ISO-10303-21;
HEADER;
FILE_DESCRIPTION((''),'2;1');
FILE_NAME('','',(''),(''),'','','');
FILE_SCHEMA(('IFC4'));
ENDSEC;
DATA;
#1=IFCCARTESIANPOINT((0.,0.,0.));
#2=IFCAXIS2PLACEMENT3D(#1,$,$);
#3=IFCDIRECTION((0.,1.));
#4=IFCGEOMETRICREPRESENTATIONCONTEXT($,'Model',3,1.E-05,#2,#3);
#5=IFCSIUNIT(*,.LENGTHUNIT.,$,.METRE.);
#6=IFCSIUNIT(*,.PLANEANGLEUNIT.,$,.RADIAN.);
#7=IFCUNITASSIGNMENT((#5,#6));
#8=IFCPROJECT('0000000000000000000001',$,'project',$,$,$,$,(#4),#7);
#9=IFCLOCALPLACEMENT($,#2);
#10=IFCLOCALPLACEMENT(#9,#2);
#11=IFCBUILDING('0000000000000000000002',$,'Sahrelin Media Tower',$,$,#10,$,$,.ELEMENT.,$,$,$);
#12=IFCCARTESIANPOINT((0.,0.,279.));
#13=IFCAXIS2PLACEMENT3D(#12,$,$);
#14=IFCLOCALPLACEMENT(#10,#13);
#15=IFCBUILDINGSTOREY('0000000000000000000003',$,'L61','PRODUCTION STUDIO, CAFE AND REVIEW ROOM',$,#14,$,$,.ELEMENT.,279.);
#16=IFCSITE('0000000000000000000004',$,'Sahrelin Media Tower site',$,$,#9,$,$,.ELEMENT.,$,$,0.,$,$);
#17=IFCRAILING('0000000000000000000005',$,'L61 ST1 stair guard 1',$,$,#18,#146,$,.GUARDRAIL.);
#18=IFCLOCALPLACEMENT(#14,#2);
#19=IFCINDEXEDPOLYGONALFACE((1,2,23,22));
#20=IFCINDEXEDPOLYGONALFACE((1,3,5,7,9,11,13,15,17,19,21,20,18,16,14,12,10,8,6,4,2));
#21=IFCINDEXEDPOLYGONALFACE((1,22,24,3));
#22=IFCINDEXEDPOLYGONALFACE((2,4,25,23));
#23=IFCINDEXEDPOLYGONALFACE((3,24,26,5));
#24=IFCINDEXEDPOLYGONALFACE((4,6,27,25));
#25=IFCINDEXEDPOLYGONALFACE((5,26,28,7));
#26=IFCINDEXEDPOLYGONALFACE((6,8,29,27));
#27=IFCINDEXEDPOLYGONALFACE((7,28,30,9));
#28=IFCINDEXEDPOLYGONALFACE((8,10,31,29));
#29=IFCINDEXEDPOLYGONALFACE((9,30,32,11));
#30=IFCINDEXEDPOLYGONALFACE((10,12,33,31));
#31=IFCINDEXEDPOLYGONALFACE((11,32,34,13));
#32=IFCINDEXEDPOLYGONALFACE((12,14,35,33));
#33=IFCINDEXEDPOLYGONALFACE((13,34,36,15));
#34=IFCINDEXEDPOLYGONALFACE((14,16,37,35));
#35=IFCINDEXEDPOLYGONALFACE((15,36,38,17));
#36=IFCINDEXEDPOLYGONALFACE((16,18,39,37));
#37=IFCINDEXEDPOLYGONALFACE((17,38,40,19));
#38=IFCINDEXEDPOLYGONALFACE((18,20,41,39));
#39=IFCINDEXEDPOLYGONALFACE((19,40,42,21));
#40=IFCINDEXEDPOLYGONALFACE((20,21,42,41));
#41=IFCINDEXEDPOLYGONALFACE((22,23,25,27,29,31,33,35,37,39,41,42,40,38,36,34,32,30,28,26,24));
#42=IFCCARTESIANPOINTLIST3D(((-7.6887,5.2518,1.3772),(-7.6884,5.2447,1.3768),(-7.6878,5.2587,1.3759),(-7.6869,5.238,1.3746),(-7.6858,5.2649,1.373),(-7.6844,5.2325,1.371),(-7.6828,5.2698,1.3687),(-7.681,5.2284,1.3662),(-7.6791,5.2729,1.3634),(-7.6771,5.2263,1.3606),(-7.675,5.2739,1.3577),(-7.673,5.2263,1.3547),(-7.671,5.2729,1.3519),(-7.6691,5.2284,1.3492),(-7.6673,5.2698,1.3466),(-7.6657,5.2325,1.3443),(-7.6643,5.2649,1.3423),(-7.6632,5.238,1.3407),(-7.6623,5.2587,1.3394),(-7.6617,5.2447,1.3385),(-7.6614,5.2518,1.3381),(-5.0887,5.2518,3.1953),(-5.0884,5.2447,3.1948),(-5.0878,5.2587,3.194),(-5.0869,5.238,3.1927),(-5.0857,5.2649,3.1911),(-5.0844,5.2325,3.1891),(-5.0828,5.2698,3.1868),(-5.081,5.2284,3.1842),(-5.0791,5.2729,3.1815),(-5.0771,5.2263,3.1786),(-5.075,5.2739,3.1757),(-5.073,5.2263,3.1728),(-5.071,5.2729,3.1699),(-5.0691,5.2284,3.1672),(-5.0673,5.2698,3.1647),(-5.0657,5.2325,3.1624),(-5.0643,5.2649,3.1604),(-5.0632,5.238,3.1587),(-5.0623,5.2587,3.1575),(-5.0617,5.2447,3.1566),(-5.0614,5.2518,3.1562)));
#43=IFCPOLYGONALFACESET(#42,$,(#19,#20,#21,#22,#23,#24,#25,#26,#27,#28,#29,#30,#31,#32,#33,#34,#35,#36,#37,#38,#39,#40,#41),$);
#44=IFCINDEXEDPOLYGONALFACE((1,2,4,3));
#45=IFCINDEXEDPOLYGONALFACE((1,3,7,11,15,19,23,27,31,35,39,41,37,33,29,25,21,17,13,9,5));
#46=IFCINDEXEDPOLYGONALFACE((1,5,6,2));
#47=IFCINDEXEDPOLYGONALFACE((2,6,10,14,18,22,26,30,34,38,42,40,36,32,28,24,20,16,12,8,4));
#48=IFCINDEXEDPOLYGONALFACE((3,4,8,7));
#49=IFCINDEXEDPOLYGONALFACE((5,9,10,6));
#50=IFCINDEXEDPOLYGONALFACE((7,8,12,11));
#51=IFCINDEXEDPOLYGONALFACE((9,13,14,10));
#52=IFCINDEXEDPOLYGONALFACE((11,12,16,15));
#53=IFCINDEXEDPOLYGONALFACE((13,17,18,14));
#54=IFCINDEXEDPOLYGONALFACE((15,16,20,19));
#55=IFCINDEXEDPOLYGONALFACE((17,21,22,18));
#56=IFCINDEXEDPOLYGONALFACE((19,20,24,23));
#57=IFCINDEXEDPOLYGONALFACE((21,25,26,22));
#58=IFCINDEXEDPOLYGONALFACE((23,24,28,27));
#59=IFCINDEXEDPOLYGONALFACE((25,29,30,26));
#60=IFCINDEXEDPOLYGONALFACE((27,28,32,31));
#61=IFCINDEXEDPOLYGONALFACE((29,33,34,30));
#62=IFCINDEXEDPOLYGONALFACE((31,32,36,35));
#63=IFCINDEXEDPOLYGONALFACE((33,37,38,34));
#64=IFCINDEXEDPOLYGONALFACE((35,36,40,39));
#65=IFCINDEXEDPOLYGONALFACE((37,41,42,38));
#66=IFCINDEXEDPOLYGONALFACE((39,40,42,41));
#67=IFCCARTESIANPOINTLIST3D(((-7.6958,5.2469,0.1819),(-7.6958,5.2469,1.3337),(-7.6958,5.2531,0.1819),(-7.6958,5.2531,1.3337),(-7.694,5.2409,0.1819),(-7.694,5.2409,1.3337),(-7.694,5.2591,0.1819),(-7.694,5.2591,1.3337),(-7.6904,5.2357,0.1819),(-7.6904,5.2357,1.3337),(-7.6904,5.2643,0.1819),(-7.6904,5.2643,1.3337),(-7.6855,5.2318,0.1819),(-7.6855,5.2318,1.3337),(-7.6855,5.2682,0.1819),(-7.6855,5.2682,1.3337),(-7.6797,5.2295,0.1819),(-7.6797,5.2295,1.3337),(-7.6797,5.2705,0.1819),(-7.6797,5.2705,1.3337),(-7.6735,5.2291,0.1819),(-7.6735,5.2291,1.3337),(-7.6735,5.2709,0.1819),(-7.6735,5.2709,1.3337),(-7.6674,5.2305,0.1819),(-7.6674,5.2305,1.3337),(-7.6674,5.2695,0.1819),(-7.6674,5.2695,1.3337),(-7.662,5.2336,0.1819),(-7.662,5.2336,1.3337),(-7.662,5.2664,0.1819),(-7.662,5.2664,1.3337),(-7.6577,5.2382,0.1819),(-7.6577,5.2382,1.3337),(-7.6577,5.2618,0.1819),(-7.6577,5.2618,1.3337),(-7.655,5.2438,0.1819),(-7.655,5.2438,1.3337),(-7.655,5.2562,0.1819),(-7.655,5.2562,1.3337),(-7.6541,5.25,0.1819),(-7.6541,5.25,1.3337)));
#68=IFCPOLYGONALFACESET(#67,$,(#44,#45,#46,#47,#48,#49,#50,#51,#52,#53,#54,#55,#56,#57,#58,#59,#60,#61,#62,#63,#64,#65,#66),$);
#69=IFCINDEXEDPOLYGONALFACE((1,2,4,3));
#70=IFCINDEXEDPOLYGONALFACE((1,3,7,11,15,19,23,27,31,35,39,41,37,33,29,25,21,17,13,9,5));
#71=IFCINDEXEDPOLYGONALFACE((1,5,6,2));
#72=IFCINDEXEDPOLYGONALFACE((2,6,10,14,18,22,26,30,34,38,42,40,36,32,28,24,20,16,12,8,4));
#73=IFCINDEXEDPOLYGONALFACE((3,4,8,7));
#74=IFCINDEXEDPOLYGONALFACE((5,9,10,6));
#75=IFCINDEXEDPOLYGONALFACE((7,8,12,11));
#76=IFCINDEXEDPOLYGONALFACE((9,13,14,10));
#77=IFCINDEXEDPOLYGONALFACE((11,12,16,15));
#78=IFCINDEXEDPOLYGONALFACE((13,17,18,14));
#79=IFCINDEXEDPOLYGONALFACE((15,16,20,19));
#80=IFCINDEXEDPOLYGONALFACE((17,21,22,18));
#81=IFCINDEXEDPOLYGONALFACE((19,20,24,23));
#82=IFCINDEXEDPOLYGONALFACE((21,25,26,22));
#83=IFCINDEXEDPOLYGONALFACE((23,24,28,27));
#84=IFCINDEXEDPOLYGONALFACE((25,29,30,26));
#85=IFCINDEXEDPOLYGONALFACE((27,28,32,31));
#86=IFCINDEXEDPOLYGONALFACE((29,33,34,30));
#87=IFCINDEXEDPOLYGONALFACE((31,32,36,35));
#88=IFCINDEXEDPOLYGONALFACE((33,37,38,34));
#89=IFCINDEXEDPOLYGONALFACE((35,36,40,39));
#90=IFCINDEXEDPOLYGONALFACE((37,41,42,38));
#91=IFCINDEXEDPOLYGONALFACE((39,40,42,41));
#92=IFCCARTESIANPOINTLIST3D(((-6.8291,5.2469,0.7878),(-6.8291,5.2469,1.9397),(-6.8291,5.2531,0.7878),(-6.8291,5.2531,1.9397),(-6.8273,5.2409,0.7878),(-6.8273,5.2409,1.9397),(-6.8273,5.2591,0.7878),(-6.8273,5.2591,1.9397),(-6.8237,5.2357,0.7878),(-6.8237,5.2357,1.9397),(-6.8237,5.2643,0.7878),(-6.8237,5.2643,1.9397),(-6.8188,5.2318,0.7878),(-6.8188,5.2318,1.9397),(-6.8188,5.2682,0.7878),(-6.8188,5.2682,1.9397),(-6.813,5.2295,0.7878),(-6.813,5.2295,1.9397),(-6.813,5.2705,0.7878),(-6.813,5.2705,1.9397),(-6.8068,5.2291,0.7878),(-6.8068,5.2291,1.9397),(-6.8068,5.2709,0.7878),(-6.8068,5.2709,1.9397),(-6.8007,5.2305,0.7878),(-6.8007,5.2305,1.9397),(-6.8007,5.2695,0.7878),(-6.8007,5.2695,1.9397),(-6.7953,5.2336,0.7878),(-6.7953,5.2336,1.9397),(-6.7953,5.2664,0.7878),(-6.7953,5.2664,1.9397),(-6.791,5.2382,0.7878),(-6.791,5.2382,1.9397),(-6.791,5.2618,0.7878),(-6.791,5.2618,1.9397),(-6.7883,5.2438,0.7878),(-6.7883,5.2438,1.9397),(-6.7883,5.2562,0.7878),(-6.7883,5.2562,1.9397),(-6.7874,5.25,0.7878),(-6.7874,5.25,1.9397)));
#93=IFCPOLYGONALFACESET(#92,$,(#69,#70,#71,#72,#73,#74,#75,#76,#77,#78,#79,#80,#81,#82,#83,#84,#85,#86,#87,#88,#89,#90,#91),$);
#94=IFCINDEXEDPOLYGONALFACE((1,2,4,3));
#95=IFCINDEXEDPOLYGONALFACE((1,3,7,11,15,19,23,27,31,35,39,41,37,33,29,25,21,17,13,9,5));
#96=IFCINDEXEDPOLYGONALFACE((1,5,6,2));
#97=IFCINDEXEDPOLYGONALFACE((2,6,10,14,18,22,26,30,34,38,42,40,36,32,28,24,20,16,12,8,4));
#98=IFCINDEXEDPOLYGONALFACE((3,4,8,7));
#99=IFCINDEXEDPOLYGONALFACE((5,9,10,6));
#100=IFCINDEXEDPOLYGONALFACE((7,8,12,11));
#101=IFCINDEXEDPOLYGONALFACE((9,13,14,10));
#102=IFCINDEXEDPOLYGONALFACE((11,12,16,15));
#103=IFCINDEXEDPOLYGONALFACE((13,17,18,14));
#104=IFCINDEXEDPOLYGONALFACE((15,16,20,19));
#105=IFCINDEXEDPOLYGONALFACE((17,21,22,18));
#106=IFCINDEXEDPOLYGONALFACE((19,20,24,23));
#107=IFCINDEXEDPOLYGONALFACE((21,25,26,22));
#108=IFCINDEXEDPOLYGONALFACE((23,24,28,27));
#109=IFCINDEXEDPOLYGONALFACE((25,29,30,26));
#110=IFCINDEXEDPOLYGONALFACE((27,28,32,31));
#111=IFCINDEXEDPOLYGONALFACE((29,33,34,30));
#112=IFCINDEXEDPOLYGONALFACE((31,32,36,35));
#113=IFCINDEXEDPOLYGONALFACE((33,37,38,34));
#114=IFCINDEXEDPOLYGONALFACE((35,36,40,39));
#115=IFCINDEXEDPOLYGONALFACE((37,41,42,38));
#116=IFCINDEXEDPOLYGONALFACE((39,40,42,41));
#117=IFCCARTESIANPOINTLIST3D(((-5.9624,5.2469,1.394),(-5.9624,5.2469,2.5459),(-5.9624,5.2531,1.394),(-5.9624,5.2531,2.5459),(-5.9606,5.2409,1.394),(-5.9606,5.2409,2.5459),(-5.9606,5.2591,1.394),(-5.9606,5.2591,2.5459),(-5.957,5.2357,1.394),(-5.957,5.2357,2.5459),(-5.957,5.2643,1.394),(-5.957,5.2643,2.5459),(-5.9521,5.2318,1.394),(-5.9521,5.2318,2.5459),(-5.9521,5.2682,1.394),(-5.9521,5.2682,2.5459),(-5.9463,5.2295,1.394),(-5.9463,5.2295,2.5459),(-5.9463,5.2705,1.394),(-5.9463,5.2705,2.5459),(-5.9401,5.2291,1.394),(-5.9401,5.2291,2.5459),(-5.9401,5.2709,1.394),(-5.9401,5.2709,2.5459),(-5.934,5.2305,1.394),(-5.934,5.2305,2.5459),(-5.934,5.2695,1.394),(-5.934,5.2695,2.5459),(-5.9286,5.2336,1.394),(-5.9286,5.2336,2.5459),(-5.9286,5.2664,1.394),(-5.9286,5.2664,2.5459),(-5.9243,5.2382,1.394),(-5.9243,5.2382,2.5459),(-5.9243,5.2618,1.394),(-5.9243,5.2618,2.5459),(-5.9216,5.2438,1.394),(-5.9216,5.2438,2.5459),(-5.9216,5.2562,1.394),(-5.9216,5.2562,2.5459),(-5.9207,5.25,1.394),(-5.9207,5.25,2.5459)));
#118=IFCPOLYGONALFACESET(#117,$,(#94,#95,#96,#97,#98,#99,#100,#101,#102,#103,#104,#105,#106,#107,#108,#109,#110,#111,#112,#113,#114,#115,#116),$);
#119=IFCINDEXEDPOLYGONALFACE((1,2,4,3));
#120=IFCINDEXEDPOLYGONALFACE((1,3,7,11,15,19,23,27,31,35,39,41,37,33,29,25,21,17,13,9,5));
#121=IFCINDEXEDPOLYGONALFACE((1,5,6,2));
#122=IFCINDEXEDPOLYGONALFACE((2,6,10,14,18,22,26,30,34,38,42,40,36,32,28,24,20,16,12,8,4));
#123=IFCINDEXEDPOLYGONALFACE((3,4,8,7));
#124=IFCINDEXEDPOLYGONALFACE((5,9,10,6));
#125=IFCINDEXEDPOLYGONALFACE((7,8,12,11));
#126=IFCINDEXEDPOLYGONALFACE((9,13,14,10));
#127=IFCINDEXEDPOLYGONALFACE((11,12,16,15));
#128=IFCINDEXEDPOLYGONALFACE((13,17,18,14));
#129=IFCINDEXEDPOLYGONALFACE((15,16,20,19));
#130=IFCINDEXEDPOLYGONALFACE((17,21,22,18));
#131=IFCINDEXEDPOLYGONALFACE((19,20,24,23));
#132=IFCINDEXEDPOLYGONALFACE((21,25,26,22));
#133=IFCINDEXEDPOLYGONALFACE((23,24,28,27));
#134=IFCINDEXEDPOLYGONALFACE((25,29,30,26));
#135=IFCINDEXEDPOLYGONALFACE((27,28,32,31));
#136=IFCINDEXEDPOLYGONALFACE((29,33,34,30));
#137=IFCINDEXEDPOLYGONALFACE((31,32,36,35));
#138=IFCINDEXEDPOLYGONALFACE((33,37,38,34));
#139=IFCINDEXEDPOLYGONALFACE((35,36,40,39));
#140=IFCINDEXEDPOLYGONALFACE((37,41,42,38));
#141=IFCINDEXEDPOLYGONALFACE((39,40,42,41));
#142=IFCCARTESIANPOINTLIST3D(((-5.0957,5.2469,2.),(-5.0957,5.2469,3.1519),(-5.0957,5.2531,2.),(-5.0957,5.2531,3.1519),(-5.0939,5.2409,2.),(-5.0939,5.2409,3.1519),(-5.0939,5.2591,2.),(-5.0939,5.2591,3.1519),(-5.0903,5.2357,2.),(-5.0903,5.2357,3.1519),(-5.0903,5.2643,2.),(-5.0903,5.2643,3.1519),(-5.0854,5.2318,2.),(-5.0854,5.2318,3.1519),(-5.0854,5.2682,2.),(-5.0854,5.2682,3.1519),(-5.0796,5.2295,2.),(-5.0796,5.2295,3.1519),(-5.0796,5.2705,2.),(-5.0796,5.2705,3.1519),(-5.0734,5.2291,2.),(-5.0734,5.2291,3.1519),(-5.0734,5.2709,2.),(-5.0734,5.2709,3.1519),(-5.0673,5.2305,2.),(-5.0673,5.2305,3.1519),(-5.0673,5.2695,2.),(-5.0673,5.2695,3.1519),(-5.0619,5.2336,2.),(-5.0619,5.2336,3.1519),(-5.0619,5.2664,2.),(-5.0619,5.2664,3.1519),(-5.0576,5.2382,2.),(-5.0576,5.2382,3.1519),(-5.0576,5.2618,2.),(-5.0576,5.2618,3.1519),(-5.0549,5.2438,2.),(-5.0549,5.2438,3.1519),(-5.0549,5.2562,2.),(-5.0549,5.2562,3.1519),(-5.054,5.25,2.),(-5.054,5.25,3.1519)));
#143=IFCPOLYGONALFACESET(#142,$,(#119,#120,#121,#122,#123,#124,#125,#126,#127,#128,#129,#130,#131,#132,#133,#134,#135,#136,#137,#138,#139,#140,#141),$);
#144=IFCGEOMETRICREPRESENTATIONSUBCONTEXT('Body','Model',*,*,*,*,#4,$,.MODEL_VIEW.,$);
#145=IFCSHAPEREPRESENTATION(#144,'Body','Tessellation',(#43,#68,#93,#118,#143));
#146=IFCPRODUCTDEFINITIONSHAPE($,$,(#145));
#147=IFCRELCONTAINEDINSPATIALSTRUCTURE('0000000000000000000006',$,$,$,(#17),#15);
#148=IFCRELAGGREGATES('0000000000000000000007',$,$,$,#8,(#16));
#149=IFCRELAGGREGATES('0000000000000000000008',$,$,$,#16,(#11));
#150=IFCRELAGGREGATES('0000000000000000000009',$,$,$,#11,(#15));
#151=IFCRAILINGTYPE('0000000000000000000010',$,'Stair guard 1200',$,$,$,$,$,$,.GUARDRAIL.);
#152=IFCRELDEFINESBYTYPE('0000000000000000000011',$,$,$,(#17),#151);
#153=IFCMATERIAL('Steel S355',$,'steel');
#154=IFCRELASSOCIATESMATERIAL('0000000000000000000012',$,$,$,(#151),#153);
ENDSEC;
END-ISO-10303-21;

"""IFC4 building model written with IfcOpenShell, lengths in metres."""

from ifc_helpers import new_model, si_unit, direction, frame, origin, origin_2d, place, context, subcontext, project, spatial, circle, extrude, material, type_object, element, save


model = new_model("IFC4")

# Units and contexts
model_context = context("Model", 3, precision=1e-05, world=origin(), true_north=direction((0.0, 1.0)))
body_context = subcontext(model_context, "Body", "Model", "MODEL_VIEW")
ifc_project = project(units=[si_unit("LENGTHUNIT", "METRE"), si_unit("PLANEANGLEUNIT", "RADIAN")], contexts=[model_context])

# Site, building, storey
site_placement = place(None, origin())
site = spatial("IfcSite", under=ifc_project, at=site_placement, Name="Sahrelin Media Tower site", CompositionType="ELEMENT", RefElevation=0.0)
building_placement = place(site_placement, origin())
building = spatial("IfcBuilding", under=site, at=building_placement, Name="Sahrelin Media Tower", CompositionType="ELEMENT")
storey_placement = place(building_placement, frame((0.0, 0.0, 279.0)))
storey = spatial("IfcBuildingStorey", under=building, at=storey_placement, Name="L61", Description="PRODUCTION STUDIO, CAFE AND REVIEW ROOM", CompositionType="ELEMENT", Elevation=279.0)

# Shared definitions
ifc_material_1 = material(Name="Steel S355", Category="steel")

# Railing
railing_type_1 = type_object("IfcRailingType", Name="Stair guard 1200", PredefinedType="GUARDRAIL", material=ifc_material_1)
railing_1_placement = place(storey_placement, frame((-7.675, 5.25, 0.1819)))
element("IfcRailing", 1, at=railing_1_placement, inside=storey, type_object=railing_type_1, Name="L61 ST1 stair guard 1", PredefinedType="GUARDRAIL", context=body_context, shape_type="SweptSolid", body=[
    extrude(circle(Radius=0.0239, at=origin_2d()), frame((0.0, 0.0, 1.1758), z_axis=(0.819521, 0.0, 0.573049), x_axis=(0.0, 1.0, 0.0)), (0.0, 0.0, 1.0), 3.1726),
    extrude(circle(Radius=0.021, at=origin_2d()), origin(), (0.0, 0.0, 1.0), 1.1519),
    extrude(circle(Radius=0.021, at=origin_2d()), frame((0.8667, 0.0, 0.606)), (0.0, 0.0, 1.0), 1.1519),
    extrude(circle(Radius=0.021, at=origin_2d()), frame((1.7334, 0.0, 1.2122)), (0.0, 0.0, 1.0), 1.1519),
    extrude(circle(Radius=0.021, at=origin_2d()), frame((2.6001, 0.0, 1.8181)), (0.0, 0.0, 1.0), 1.1519),
])

save(model, "model.ifc")
